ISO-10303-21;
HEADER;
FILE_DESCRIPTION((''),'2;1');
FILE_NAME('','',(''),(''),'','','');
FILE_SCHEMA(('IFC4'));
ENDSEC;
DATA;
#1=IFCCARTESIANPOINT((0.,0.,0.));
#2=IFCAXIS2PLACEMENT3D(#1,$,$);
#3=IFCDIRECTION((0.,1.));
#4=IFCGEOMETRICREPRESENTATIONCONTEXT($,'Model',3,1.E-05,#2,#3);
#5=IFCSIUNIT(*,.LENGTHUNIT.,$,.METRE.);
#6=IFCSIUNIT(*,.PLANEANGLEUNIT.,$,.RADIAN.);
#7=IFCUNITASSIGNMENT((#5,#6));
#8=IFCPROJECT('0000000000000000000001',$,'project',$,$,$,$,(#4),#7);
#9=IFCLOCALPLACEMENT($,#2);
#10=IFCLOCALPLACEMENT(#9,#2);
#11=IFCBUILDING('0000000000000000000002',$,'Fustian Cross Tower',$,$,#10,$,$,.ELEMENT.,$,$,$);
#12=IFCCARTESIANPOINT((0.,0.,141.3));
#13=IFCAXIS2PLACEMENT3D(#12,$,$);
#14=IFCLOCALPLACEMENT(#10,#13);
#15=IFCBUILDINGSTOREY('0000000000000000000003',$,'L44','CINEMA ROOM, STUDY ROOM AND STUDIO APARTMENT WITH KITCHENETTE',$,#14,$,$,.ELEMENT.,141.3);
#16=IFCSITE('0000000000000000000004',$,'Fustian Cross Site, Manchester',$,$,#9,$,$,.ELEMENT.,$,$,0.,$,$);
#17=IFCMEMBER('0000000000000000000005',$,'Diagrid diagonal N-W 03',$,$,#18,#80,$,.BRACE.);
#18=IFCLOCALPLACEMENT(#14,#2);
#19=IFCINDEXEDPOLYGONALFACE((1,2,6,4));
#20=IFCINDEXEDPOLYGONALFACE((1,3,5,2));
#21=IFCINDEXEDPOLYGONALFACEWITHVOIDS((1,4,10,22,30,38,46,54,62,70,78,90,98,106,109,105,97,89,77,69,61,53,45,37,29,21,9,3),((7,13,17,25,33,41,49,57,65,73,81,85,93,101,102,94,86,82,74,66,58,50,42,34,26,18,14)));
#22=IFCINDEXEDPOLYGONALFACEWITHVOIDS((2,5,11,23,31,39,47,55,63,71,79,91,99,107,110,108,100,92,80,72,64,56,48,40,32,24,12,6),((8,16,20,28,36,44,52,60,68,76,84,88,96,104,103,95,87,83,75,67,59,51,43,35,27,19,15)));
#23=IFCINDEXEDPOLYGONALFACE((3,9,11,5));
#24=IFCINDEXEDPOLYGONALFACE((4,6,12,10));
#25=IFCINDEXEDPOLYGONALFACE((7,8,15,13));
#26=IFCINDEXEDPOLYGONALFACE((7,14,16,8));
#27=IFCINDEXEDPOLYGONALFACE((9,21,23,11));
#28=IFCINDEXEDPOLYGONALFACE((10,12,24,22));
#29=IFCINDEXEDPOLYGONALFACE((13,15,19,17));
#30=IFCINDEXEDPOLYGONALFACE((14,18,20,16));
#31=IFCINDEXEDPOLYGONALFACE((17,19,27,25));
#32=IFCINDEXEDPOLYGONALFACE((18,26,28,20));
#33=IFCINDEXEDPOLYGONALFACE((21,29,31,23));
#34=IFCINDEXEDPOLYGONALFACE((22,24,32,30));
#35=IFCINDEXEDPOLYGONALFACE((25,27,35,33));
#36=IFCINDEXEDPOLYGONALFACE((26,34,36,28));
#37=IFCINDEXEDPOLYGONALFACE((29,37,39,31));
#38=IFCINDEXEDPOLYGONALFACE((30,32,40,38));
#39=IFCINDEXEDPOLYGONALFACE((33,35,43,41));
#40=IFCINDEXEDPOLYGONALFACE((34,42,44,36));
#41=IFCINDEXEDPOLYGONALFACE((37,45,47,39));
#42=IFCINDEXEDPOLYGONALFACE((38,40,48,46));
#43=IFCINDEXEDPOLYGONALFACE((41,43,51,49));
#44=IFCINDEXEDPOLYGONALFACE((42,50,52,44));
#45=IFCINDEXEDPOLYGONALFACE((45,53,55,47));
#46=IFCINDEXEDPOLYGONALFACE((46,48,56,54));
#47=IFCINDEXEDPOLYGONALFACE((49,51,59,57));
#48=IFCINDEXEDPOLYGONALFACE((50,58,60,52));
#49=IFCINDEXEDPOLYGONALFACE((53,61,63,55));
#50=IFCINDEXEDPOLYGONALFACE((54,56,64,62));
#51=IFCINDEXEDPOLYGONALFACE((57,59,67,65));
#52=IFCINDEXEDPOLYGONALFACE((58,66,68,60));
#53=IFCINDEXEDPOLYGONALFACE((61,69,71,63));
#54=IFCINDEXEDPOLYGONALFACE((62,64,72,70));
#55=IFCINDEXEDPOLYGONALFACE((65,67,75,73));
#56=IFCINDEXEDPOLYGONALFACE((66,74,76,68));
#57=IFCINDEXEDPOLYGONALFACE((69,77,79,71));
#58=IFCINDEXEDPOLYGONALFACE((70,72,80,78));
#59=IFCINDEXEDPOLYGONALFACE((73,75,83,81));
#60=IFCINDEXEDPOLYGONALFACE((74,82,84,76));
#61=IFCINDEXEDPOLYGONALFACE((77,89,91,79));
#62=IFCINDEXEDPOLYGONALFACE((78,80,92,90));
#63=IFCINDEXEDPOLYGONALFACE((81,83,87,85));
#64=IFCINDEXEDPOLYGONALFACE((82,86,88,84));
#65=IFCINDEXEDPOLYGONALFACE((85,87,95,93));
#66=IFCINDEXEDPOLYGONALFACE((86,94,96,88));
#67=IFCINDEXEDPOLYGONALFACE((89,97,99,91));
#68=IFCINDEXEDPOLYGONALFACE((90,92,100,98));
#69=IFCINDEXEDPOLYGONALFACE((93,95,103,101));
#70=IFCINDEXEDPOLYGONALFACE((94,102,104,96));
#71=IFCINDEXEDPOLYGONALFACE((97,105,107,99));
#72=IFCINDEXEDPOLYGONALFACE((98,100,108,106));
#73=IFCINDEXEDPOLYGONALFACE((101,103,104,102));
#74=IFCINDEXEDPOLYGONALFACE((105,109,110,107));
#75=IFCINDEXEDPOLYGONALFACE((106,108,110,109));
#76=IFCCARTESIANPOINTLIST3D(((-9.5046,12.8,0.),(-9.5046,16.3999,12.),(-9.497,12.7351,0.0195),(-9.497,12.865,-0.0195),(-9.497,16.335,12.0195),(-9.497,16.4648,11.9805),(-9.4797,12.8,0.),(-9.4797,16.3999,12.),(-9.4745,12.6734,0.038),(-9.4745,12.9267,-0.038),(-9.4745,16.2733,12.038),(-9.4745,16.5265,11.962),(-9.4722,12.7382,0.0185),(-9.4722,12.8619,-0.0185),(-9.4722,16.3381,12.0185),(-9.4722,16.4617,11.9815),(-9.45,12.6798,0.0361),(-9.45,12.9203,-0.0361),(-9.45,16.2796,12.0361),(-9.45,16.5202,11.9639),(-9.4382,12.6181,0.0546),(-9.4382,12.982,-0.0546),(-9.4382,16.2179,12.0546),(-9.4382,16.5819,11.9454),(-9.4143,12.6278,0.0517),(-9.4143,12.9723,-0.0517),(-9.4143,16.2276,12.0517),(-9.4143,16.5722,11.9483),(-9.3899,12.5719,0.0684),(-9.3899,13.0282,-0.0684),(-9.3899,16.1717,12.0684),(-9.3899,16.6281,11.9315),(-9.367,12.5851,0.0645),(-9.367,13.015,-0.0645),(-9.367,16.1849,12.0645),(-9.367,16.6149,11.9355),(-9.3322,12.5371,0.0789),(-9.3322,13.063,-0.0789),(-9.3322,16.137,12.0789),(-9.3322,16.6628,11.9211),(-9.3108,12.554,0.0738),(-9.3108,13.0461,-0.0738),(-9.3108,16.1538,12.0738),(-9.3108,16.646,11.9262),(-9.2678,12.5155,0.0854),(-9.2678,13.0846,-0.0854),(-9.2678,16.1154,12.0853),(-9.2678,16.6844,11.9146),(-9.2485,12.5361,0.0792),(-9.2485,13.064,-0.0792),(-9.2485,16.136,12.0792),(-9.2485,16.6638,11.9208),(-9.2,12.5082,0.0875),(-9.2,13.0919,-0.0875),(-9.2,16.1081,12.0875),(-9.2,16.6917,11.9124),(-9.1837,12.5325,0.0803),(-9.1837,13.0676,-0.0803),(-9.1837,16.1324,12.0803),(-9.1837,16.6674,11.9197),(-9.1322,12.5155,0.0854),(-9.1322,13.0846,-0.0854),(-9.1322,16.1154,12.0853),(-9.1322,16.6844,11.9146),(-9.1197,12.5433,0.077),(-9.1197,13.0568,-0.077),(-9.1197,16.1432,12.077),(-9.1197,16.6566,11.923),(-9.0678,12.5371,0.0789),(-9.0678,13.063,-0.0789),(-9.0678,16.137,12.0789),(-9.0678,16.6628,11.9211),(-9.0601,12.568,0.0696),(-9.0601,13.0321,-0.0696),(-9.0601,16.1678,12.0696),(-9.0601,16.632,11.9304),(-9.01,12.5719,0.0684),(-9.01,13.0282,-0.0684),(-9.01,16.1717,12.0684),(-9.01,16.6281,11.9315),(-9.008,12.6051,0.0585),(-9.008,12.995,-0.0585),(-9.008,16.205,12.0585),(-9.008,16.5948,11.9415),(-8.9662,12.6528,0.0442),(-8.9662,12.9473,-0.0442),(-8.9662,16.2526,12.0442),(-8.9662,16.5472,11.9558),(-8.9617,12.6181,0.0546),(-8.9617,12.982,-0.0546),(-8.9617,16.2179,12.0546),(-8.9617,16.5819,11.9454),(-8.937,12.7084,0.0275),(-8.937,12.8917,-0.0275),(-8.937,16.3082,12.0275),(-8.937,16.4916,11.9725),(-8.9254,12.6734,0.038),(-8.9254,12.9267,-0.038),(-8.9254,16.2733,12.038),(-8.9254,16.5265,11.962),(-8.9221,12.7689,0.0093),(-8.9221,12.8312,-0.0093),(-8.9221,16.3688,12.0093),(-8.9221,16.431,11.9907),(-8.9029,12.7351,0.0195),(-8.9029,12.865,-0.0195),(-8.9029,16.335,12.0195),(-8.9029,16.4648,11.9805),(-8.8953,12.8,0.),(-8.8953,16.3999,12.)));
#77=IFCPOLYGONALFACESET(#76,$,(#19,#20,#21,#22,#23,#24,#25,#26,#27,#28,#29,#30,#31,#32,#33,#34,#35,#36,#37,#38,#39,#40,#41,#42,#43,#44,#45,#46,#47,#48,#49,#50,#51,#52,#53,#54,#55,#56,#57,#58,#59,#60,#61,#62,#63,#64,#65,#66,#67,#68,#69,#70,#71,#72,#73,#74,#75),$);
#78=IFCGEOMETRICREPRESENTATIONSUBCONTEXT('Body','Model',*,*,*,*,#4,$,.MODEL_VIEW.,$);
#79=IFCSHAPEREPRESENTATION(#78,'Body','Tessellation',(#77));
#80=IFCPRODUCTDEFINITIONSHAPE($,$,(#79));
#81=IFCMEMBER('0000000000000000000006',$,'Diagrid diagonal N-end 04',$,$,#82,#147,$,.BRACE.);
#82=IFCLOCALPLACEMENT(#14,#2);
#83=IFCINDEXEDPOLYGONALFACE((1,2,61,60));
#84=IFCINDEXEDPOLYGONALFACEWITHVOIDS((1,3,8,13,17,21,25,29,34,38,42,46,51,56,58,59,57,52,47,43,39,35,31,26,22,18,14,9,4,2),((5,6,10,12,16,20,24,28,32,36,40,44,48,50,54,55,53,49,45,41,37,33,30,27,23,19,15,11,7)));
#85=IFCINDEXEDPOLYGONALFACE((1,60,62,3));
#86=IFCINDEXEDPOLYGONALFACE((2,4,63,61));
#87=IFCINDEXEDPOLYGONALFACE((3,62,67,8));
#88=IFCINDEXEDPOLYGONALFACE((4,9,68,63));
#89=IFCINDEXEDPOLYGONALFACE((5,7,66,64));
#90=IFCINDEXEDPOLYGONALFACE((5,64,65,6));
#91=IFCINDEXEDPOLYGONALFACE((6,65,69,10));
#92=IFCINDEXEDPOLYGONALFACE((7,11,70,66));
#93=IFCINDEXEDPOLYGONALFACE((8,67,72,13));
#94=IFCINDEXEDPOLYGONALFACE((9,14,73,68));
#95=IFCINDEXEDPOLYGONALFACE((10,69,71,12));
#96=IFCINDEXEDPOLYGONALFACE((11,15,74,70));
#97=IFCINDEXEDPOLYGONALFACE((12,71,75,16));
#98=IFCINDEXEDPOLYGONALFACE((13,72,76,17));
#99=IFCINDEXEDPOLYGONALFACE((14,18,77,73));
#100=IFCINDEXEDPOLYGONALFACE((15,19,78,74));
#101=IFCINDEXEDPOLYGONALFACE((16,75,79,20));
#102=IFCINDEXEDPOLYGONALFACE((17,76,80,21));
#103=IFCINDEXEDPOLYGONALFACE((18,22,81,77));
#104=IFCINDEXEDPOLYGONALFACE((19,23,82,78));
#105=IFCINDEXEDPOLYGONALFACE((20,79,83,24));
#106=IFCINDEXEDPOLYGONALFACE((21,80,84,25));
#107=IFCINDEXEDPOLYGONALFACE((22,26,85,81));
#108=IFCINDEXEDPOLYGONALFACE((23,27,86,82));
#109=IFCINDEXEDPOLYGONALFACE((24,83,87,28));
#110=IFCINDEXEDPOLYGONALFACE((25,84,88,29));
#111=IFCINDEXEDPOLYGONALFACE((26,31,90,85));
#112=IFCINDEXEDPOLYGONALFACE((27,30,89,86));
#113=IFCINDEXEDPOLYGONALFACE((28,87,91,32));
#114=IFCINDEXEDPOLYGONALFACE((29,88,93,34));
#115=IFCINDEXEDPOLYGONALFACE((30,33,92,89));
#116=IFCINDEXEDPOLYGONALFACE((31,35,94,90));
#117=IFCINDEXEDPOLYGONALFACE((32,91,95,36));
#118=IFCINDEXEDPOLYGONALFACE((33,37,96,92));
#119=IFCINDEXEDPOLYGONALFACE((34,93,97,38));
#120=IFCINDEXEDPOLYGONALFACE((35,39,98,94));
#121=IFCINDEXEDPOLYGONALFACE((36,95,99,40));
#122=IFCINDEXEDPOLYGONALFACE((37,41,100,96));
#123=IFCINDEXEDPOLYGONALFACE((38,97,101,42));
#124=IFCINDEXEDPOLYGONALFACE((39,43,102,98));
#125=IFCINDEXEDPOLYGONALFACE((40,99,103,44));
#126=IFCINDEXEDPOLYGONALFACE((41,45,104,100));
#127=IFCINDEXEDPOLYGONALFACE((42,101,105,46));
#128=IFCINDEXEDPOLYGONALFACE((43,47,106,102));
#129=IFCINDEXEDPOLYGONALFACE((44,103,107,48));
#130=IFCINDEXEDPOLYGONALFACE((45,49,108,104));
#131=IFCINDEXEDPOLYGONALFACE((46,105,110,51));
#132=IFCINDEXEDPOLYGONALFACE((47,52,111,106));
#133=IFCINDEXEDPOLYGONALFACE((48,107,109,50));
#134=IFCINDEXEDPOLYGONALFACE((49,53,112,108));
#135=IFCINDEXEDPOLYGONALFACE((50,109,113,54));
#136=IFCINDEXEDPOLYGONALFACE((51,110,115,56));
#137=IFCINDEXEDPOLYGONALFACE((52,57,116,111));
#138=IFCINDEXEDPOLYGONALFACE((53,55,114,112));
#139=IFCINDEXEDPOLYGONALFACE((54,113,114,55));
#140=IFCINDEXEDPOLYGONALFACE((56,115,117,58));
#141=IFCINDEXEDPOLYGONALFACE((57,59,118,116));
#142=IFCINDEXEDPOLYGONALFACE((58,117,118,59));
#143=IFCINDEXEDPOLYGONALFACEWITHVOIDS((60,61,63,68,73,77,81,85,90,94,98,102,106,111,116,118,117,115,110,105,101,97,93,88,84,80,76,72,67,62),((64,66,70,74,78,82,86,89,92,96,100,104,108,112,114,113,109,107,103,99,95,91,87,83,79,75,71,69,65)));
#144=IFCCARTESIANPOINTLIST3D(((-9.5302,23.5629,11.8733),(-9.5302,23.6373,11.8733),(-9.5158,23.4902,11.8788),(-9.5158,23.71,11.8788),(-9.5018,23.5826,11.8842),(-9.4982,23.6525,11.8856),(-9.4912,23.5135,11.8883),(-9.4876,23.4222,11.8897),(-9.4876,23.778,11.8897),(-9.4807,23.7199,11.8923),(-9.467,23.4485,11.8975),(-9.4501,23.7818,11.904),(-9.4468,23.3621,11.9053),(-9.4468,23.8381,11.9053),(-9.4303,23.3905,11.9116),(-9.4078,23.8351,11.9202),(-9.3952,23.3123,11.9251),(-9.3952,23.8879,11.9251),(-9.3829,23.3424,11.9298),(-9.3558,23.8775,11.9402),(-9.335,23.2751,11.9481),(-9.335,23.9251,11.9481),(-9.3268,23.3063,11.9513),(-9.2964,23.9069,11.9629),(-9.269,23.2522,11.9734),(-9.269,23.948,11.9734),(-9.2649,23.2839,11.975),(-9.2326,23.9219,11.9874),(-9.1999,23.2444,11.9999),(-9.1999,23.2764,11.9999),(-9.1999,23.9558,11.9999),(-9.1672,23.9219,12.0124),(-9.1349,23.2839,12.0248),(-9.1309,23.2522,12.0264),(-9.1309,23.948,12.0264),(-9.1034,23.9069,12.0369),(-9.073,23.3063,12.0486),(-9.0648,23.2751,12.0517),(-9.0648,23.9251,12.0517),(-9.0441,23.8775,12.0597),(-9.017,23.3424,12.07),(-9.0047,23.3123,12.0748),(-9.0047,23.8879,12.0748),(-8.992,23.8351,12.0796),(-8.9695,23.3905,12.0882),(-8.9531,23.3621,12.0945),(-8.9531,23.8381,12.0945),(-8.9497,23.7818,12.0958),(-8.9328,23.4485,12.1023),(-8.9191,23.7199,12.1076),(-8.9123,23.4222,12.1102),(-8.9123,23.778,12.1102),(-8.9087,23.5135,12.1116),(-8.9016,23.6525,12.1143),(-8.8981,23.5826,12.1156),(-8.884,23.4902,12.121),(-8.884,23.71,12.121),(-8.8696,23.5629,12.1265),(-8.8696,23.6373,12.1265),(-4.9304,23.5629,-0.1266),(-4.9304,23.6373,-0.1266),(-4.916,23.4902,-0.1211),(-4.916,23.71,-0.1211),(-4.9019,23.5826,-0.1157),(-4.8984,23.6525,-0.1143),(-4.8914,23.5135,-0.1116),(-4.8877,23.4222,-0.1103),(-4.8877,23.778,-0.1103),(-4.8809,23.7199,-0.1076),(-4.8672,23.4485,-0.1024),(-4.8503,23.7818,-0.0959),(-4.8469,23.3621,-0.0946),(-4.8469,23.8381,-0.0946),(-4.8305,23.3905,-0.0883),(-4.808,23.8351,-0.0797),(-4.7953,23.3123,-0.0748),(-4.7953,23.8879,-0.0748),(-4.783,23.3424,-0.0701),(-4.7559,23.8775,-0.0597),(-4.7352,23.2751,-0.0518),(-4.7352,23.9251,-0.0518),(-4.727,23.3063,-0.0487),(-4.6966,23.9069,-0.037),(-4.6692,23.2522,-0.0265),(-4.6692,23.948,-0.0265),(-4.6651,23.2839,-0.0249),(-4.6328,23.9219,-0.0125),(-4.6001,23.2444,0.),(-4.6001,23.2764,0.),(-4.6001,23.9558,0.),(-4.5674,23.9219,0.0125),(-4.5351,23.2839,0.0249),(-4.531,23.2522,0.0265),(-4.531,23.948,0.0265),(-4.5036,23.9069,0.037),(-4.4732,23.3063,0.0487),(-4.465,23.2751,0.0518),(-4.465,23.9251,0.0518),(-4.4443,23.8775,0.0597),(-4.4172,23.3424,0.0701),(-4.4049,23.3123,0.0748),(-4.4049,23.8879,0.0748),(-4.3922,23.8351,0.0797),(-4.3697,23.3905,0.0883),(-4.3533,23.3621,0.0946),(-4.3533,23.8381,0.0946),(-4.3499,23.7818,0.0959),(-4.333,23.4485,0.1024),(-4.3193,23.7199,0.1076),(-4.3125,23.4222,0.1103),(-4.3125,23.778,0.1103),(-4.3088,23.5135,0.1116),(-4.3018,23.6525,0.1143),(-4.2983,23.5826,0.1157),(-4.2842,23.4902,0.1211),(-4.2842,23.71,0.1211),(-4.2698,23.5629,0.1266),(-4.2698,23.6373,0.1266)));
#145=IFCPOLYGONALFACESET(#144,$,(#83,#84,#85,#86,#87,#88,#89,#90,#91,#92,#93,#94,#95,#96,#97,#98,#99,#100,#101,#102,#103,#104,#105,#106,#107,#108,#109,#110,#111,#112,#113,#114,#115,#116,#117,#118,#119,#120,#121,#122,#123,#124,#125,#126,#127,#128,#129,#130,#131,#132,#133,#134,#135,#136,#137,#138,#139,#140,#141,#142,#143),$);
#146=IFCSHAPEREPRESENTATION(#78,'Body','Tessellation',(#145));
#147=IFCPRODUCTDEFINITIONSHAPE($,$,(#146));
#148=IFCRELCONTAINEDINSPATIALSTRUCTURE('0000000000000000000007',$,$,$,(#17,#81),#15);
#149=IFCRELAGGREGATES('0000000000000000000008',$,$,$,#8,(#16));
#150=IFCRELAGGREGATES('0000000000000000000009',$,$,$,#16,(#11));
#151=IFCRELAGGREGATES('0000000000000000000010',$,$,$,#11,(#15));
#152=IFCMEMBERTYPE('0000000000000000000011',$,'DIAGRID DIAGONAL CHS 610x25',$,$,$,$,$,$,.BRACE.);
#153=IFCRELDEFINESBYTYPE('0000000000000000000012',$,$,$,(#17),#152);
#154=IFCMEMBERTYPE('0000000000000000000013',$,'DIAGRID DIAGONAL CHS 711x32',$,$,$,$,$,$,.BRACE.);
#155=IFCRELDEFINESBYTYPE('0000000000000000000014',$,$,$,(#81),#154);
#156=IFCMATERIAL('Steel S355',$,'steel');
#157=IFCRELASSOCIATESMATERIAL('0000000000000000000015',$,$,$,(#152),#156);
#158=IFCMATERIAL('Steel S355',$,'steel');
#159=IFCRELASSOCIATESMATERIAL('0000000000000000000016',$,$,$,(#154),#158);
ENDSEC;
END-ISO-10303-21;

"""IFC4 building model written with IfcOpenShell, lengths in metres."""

from ifc_helpers import new_model, si_unit, direction, frame, origin, origin_2d, place, context, subcontext, project, spatial, hollow_circle, extrude, material, material_profile, profile_set, type_object, element, save


model = new_model("IFC4")

# Units and contexts
model_context = context("Model", 3, precision=1e-05, world=origin(), true_north=direction((0.0, 1.0)))
body_context = subcontext(model_context, "Body", "Model", "MODEL_VIEW")
ifc_project = project(units=[si_unit("LENGTHUNIT", "METRE"), si_unit("PLANEANGLEUNIT", "RADIAN")], contexts=[model_context])

# Site, building, storey
site_placement = place(None, origin())
site = spatial("IfcSite", under=ifc_project, at=site_placement, Name="Fustian Cross Site, Manchester", CompositionType="ELEMENT", RefElevation=0.0)
building_placement = place(site_placement, origin())
building = spatial("IfcBuilding", under=site, at=building_placement, Name="Fustian Cross Tower", CompositionType="ELEMENT")
storey_placement = place(building_placement, frame((0.0, 0.0, 141.3)))
storey = spatial("IfcBuildingStorey", under=building, at=storey_placement, Name="L44", Description="CINEMA ROOM, STUDY ROOM AND STUDIO APARTMENT WITH KITCHENETTE", CompositionType="ELEMENT", Elevation=141.3)

# Members
ifc_material_1 = material(Name="Steel S355", Category="steel")
ifc_material_profile_1 = material_profile(ifc_material_1, hollow_circle(Radius=0.3047, WallThickness=0.0249, at=origin_2d()), Name="CHS 610x25")
ifc_profile_set_1 = profile_set([ifc_material_profile_1], Name="Steel S355")
member_type_1 = type_object("IfcMemberType", Name="DIAGRID DIAGONAL CHS 610x25", PredefinedType="BRACE", material=ifc_profile_set_1)
for number, where, z_axis, x_axis, name in (
    (1, (-9.2, 12.8, 0.0), (0.0, 0.287337, 0.95783), (-1.0, 0.0, 0.0), "Diagrid diagonal N-W 03"),
):
    element("IfcMember", number, at=place(storey_placement, frame(where, z_axis=z_axis, x_axis=x_axis)), inside=storey, type_object=member_type_1, Name=name, PredefinedType="BRACE", context=body_context, shape_type="SweptSolid", body=[
        extrude(hollow_circle(Radius=0.3047, WallThickness=0.0249, at=origin_2d()), origin(), (0.0, 0.0, 1.0), 12.5283),
    ])
ifc_material_2 = material(Name="Steel S355", Category="steel")
ifc_material_profile_2 = material_profile(ifc_material_2, hollow_circle(Radius=0.3557, WallThickness=0.032, at=origin_2d()), Name="CHS 711x32")
ifc_profile_set_2 = profile_set([ifc_material_profile_2], Name="Steel S355")
member_type_2 = type_object("IfcMemberType", Name="DIAGRID DIAGONAL CHS 711x32", PredefinedType="BRACE", material=ifc_profile_set_2)
member_1_placement = place(storey_placement, frame((-4.6001, 23.6001, 0.0), z_axis=(-0.357926, 0.0, 0.93375), x_axis=(0.0, -1.0, 0.0)))
element("IfcMember", 2, at=member_1_placement, inside=storey, type_object=member_type_2, Name="Diagrid diagonal N-end 04", PredefinedType="BRACE", context=body_context, shape_type="SweptSolid", body=[
    extrude(hollow_circle(Radius=0.3557, WallThickness=0.032, at=origin_2d()), origin(), (0.0, 0.0, 1.0), 12.8513),
])

save(model, "model.ifc")
